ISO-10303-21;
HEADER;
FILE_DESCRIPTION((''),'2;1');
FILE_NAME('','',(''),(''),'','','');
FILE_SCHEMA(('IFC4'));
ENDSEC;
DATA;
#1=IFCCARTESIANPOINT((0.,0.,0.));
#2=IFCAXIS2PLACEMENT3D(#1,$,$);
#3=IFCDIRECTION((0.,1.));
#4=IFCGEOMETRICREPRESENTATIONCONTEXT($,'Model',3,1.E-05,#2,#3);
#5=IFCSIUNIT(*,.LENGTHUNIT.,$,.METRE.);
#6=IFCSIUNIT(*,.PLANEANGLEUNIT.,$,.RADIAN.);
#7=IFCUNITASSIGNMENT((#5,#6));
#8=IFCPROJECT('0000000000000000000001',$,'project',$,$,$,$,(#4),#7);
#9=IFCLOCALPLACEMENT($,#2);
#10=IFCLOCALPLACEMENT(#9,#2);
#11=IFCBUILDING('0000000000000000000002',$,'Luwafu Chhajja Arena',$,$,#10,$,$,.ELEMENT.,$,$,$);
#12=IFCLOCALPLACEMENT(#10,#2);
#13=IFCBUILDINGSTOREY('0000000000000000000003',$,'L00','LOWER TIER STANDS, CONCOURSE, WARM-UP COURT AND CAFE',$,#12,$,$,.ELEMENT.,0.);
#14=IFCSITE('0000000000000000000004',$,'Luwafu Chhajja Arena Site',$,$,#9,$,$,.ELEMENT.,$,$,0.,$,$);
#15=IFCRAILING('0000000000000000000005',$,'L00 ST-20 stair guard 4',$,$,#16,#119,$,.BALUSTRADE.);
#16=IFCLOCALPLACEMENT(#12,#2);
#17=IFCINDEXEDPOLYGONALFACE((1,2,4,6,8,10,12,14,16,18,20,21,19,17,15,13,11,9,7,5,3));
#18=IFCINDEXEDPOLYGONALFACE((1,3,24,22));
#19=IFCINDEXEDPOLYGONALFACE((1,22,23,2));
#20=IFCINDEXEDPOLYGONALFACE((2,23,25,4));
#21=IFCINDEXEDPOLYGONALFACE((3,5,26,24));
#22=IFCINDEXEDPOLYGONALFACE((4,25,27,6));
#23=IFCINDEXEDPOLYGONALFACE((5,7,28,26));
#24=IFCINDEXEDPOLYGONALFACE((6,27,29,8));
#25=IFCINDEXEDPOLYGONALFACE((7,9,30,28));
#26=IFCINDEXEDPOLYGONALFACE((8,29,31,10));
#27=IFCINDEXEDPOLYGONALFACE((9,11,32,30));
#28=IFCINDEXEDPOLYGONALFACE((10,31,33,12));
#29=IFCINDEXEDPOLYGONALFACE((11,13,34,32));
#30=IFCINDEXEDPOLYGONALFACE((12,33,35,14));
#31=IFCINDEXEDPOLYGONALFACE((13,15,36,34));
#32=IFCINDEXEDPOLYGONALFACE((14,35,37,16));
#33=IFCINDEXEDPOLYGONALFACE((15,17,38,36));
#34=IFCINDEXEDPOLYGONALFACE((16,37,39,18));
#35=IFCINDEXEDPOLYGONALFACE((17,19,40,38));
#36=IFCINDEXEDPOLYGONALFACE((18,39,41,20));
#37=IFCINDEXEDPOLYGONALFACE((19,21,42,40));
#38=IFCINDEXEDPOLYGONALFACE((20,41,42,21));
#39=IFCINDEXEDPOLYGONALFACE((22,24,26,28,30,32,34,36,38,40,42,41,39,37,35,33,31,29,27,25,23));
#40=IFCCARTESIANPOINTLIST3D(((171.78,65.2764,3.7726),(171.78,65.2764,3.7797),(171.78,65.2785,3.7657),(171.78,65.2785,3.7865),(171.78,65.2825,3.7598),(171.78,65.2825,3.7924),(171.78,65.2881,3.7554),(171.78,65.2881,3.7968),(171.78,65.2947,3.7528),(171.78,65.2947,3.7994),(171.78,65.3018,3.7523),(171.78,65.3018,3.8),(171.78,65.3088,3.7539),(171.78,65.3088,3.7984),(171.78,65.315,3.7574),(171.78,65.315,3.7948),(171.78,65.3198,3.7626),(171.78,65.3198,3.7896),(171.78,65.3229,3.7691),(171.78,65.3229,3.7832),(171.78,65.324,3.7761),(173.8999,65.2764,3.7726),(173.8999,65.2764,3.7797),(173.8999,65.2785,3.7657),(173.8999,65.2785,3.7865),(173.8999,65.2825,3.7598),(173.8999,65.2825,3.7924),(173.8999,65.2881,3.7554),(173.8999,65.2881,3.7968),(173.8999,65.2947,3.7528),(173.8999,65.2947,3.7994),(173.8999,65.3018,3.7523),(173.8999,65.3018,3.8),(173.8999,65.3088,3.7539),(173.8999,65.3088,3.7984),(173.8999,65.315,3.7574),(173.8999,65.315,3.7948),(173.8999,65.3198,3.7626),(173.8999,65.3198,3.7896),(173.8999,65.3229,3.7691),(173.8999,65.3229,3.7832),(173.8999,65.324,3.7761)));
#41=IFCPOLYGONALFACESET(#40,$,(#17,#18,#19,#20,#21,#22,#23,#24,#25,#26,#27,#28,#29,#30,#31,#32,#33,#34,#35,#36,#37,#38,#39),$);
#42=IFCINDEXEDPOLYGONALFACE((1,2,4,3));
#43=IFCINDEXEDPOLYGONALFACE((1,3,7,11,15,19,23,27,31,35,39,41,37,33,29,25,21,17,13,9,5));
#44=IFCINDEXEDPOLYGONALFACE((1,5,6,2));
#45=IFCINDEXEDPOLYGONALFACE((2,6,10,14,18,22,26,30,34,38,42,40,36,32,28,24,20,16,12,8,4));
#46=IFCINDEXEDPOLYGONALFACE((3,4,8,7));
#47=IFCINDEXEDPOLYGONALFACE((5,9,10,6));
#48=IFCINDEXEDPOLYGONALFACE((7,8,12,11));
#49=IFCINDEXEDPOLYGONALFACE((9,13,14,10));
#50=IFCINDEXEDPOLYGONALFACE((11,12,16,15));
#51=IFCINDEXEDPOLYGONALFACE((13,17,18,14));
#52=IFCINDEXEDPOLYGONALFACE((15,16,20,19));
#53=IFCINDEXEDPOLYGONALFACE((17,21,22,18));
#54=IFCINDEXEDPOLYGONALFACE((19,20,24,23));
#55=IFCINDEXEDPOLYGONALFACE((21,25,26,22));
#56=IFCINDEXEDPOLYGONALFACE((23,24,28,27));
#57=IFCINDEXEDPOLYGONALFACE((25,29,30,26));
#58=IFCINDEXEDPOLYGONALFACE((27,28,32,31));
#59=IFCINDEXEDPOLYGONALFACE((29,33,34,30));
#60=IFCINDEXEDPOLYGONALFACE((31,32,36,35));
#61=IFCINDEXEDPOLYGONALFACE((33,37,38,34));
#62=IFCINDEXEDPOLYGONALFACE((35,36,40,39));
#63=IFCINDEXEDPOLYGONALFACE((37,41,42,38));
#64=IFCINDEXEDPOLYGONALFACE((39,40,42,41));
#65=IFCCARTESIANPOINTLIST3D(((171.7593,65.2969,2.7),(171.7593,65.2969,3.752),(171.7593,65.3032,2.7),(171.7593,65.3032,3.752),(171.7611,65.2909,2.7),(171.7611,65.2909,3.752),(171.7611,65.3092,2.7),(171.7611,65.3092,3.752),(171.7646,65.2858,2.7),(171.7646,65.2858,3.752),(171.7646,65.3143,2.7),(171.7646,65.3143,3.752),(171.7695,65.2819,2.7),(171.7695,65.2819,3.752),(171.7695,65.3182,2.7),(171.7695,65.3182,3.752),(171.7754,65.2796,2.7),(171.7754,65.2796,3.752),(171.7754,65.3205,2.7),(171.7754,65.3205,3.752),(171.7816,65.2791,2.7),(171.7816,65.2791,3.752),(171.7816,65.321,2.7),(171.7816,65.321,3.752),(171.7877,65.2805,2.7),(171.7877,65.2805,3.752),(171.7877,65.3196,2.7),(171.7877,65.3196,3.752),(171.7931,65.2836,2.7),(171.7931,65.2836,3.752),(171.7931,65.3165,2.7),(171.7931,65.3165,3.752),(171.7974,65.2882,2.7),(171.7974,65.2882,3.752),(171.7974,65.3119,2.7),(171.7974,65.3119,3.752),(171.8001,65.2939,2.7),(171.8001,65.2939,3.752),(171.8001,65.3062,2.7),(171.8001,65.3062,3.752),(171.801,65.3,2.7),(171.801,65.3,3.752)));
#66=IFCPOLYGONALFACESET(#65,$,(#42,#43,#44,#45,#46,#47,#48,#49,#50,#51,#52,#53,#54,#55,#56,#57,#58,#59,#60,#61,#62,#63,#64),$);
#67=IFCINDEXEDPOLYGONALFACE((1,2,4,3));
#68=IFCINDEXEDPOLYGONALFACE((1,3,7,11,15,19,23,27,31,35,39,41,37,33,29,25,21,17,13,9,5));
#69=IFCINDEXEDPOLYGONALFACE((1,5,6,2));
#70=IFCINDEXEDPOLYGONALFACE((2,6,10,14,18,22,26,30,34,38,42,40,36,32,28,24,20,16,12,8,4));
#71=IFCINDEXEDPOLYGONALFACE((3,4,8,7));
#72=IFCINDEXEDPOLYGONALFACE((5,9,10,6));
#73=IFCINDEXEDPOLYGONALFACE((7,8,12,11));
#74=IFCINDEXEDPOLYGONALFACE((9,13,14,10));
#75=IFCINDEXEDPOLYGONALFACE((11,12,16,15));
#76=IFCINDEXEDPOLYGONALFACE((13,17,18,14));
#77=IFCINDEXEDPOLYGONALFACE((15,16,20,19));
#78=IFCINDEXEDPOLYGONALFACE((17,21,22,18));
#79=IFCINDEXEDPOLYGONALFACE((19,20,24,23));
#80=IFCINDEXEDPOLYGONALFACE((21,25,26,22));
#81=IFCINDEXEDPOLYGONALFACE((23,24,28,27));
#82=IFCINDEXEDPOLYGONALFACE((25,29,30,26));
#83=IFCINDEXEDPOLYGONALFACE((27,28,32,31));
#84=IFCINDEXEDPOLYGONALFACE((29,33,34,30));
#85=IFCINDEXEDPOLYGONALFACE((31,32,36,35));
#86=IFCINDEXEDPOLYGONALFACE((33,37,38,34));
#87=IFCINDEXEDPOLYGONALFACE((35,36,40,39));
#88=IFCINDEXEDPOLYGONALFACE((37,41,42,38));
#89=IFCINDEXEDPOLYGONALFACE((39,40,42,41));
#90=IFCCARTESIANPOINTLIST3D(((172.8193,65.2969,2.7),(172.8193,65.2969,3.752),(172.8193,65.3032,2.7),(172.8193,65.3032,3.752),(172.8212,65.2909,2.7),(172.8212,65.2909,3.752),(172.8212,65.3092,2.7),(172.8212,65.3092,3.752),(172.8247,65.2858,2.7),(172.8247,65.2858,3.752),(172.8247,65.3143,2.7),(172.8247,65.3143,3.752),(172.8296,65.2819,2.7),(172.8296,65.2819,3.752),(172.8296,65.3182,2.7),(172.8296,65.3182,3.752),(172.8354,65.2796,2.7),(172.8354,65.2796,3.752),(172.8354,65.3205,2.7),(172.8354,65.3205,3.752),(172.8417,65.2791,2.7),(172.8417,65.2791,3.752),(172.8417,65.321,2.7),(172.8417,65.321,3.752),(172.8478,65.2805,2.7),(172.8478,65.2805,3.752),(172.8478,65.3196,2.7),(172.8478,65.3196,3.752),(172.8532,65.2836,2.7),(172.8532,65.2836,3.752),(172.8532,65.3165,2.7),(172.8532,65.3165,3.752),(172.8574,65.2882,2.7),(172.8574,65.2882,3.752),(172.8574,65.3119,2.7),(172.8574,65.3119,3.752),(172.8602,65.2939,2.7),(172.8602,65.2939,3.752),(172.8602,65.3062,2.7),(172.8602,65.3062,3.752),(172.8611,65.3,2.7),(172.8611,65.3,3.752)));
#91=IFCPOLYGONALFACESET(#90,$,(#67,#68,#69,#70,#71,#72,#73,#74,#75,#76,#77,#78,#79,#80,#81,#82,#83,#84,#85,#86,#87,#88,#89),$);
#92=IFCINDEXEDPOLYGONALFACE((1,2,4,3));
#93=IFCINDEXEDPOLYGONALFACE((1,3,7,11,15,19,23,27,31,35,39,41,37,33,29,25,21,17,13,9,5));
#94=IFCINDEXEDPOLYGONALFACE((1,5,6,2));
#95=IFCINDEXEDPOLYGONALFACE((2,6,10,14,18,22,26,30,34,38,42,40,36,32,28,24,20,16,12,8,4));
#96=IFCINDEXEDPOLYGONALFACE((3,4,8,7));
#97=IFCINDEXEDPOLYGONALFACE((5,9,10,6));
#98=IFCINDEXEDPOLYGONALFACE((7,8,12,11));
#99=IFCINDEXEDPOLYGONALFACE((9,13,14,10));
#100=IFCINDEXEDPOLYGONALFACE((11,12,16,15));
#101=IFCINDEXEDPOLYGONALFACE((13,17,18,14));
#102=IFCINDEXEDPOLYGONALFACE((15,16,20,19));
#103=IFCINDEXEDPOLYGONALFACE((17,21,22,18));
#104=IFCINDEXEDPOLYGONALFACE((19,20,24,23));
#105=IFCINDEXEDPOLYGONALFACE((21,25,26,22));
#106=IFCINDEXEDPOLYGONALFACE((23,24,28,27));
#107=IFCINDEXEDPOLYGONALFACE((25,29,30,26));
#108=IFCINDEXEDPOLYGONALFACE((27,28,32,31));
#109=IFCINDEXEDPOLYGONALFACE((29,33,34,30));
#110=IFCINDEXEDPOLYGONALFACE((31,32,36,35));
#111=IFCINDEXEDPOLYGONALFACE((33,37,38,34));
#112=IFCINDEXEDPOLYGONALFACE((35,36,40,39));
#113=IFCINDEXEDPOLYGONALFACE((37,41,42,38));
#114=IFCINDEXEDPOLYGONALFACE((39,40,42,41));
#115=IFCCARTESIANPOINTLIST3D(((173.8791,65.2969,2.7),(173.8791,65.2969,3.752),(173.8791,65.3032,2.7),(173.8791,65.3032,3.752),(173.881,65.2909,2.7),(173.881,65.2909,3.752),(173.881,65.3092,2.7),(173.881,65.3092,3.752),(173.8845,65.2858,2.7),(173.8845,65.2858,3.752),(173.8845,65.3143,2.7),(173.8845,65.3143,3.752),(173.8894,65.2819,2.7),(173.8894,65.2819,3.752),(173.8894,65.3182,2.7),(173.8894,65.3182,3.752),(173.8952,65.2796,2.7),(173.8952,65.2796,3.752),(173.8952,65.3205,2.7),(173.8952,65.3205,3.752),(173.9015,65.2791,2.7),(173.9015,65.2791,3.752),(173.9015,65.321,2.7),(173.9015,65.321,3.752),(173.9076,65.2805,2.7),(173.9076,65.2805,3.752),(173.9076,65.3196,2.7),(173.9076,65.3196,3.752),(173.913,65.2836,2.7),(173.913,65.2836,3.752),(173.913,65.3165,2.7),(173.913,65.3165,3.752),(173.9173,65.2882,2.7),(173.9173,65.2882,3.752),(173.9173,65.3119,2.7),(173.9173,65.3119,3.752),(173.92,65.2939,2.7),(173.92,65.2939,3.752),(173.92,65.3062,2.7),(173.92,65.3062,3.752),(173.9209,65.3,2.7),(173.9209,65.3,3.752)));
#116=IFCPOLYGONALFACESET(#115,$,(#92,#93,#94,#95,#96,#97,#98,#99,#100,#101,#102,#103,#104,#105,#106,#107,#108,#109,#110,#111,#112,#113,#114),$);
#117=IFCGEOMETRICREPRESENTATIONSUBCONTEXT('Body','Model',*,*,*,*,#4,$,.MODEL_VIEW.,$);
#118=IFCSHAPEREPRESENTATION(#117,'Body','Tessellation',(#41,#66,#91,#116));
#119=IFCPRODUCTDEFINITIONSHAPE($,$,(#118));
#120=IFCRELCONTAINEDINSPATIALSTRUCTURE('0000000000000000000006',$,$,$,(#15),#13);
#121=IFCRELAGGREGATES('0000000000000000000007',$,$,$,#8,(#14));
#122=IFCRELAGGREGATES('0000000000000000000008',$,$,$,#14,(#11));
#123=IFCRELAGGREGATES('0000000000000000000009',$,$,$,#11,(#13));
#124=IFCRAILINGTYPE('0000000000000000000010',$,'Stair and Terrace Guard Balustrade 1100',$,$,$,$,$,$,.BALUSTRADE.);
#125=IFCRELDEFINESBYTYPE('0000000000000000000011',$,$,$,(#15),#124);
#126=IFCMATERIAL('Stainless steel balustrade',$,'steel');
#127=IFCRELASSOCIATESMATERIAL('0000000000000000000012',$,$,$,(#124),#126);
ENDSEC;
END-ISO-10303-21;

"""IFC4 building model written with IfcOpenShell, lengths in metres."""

from ifc_helpers import new_model, si_unit, direction, frame, origin, origin_2d, place, context, subcontext, project, spatial, circle, extrude, material, type_object, element, save


model = new_model("IFC4")

# Units and contexts
model_context = context("Model", 3, precision=1e-05, world=origin(), true_north=direction((0.0, 1.0)))
body_context = subcontext(model_context, "Body", "Model", "MODEL_VIEW")
ifc_project = project(units=[si_unit("LENGTHUNIT", "METRE"), si_unit("PLANEANGLEUNIT", "RADIAN")], contexts=[model_context])

# Site, building, storey
site_placement = place(None, origin())
site = spatial("IfcSite", under=ifc_project, at=site_placement, Name="Luwafu Chhajja Arena Site", CompositionType="ELEMENT", RefElevation=0.0)
building_placement = place(site_placement, origin())
building = spatial("IfcBuilding", under=site, at=building_placement, Name="Luwafu Chhajja Arena", CompositionType="ELEMENT")
storey_placement = place(building_placement, origin())
storey = spatial("IfcBuildingStorey", under=building, at=storey_placement, Name="L00", Description="LOWER TIER STANDS, CONCOURSE, WARM-UP COURT AND CAFE", CompositionType="ELEMENT", Elevation=0.0)

# Railing
ifc_material_1 = material(Name="Stainless steel balustrade", Category="steel")
railing_type_1 = type_object("IfcRailingType", Name="Stair and Terrace Guard Balustrade 1100", PredefinedType="BALUSTRADE", material=ifc_material_1)
for number, where, name in (
    (1, (171.78, 65.3, 2.7), "L00 ST-20 stair guard 4"),
):
    element("IfcRailing", number, at=place(storey_placement, frame(where)), inside=storey, type_object=railing_type_1, Name=name, PredefinedType="BALUSTRADE", context=body_context, shape_type="SweptSolid", body=[
        extrude(circle(Radius=0.0239, at=origin_2d()), frame((0.0, 0.0, 1.0762), z_axis=(1.0, 0.0, 0.0), x_axis=(0.0, 1.0, 0.0)), (0.0, 0.0, 1.0), 2.1199),
        extrude(circle(Radius=0.021, at=origin_2d()), origin(), (0.0, 0.0, 1.0), 1.052),
        extrude(circle(Radius=0.021, at=origin_2d()), frame((1.0601, 0.0, 0.0)), (0.0, 0.0, 1.0), 1.052),
        extrude(circle(Radius=0.021, at=origin_2d()), frame((2.1199, 0.0, 0.0)), (0.0, 0.0, 1.0), 1.052),
    ])

save(model, "model.ifc")
